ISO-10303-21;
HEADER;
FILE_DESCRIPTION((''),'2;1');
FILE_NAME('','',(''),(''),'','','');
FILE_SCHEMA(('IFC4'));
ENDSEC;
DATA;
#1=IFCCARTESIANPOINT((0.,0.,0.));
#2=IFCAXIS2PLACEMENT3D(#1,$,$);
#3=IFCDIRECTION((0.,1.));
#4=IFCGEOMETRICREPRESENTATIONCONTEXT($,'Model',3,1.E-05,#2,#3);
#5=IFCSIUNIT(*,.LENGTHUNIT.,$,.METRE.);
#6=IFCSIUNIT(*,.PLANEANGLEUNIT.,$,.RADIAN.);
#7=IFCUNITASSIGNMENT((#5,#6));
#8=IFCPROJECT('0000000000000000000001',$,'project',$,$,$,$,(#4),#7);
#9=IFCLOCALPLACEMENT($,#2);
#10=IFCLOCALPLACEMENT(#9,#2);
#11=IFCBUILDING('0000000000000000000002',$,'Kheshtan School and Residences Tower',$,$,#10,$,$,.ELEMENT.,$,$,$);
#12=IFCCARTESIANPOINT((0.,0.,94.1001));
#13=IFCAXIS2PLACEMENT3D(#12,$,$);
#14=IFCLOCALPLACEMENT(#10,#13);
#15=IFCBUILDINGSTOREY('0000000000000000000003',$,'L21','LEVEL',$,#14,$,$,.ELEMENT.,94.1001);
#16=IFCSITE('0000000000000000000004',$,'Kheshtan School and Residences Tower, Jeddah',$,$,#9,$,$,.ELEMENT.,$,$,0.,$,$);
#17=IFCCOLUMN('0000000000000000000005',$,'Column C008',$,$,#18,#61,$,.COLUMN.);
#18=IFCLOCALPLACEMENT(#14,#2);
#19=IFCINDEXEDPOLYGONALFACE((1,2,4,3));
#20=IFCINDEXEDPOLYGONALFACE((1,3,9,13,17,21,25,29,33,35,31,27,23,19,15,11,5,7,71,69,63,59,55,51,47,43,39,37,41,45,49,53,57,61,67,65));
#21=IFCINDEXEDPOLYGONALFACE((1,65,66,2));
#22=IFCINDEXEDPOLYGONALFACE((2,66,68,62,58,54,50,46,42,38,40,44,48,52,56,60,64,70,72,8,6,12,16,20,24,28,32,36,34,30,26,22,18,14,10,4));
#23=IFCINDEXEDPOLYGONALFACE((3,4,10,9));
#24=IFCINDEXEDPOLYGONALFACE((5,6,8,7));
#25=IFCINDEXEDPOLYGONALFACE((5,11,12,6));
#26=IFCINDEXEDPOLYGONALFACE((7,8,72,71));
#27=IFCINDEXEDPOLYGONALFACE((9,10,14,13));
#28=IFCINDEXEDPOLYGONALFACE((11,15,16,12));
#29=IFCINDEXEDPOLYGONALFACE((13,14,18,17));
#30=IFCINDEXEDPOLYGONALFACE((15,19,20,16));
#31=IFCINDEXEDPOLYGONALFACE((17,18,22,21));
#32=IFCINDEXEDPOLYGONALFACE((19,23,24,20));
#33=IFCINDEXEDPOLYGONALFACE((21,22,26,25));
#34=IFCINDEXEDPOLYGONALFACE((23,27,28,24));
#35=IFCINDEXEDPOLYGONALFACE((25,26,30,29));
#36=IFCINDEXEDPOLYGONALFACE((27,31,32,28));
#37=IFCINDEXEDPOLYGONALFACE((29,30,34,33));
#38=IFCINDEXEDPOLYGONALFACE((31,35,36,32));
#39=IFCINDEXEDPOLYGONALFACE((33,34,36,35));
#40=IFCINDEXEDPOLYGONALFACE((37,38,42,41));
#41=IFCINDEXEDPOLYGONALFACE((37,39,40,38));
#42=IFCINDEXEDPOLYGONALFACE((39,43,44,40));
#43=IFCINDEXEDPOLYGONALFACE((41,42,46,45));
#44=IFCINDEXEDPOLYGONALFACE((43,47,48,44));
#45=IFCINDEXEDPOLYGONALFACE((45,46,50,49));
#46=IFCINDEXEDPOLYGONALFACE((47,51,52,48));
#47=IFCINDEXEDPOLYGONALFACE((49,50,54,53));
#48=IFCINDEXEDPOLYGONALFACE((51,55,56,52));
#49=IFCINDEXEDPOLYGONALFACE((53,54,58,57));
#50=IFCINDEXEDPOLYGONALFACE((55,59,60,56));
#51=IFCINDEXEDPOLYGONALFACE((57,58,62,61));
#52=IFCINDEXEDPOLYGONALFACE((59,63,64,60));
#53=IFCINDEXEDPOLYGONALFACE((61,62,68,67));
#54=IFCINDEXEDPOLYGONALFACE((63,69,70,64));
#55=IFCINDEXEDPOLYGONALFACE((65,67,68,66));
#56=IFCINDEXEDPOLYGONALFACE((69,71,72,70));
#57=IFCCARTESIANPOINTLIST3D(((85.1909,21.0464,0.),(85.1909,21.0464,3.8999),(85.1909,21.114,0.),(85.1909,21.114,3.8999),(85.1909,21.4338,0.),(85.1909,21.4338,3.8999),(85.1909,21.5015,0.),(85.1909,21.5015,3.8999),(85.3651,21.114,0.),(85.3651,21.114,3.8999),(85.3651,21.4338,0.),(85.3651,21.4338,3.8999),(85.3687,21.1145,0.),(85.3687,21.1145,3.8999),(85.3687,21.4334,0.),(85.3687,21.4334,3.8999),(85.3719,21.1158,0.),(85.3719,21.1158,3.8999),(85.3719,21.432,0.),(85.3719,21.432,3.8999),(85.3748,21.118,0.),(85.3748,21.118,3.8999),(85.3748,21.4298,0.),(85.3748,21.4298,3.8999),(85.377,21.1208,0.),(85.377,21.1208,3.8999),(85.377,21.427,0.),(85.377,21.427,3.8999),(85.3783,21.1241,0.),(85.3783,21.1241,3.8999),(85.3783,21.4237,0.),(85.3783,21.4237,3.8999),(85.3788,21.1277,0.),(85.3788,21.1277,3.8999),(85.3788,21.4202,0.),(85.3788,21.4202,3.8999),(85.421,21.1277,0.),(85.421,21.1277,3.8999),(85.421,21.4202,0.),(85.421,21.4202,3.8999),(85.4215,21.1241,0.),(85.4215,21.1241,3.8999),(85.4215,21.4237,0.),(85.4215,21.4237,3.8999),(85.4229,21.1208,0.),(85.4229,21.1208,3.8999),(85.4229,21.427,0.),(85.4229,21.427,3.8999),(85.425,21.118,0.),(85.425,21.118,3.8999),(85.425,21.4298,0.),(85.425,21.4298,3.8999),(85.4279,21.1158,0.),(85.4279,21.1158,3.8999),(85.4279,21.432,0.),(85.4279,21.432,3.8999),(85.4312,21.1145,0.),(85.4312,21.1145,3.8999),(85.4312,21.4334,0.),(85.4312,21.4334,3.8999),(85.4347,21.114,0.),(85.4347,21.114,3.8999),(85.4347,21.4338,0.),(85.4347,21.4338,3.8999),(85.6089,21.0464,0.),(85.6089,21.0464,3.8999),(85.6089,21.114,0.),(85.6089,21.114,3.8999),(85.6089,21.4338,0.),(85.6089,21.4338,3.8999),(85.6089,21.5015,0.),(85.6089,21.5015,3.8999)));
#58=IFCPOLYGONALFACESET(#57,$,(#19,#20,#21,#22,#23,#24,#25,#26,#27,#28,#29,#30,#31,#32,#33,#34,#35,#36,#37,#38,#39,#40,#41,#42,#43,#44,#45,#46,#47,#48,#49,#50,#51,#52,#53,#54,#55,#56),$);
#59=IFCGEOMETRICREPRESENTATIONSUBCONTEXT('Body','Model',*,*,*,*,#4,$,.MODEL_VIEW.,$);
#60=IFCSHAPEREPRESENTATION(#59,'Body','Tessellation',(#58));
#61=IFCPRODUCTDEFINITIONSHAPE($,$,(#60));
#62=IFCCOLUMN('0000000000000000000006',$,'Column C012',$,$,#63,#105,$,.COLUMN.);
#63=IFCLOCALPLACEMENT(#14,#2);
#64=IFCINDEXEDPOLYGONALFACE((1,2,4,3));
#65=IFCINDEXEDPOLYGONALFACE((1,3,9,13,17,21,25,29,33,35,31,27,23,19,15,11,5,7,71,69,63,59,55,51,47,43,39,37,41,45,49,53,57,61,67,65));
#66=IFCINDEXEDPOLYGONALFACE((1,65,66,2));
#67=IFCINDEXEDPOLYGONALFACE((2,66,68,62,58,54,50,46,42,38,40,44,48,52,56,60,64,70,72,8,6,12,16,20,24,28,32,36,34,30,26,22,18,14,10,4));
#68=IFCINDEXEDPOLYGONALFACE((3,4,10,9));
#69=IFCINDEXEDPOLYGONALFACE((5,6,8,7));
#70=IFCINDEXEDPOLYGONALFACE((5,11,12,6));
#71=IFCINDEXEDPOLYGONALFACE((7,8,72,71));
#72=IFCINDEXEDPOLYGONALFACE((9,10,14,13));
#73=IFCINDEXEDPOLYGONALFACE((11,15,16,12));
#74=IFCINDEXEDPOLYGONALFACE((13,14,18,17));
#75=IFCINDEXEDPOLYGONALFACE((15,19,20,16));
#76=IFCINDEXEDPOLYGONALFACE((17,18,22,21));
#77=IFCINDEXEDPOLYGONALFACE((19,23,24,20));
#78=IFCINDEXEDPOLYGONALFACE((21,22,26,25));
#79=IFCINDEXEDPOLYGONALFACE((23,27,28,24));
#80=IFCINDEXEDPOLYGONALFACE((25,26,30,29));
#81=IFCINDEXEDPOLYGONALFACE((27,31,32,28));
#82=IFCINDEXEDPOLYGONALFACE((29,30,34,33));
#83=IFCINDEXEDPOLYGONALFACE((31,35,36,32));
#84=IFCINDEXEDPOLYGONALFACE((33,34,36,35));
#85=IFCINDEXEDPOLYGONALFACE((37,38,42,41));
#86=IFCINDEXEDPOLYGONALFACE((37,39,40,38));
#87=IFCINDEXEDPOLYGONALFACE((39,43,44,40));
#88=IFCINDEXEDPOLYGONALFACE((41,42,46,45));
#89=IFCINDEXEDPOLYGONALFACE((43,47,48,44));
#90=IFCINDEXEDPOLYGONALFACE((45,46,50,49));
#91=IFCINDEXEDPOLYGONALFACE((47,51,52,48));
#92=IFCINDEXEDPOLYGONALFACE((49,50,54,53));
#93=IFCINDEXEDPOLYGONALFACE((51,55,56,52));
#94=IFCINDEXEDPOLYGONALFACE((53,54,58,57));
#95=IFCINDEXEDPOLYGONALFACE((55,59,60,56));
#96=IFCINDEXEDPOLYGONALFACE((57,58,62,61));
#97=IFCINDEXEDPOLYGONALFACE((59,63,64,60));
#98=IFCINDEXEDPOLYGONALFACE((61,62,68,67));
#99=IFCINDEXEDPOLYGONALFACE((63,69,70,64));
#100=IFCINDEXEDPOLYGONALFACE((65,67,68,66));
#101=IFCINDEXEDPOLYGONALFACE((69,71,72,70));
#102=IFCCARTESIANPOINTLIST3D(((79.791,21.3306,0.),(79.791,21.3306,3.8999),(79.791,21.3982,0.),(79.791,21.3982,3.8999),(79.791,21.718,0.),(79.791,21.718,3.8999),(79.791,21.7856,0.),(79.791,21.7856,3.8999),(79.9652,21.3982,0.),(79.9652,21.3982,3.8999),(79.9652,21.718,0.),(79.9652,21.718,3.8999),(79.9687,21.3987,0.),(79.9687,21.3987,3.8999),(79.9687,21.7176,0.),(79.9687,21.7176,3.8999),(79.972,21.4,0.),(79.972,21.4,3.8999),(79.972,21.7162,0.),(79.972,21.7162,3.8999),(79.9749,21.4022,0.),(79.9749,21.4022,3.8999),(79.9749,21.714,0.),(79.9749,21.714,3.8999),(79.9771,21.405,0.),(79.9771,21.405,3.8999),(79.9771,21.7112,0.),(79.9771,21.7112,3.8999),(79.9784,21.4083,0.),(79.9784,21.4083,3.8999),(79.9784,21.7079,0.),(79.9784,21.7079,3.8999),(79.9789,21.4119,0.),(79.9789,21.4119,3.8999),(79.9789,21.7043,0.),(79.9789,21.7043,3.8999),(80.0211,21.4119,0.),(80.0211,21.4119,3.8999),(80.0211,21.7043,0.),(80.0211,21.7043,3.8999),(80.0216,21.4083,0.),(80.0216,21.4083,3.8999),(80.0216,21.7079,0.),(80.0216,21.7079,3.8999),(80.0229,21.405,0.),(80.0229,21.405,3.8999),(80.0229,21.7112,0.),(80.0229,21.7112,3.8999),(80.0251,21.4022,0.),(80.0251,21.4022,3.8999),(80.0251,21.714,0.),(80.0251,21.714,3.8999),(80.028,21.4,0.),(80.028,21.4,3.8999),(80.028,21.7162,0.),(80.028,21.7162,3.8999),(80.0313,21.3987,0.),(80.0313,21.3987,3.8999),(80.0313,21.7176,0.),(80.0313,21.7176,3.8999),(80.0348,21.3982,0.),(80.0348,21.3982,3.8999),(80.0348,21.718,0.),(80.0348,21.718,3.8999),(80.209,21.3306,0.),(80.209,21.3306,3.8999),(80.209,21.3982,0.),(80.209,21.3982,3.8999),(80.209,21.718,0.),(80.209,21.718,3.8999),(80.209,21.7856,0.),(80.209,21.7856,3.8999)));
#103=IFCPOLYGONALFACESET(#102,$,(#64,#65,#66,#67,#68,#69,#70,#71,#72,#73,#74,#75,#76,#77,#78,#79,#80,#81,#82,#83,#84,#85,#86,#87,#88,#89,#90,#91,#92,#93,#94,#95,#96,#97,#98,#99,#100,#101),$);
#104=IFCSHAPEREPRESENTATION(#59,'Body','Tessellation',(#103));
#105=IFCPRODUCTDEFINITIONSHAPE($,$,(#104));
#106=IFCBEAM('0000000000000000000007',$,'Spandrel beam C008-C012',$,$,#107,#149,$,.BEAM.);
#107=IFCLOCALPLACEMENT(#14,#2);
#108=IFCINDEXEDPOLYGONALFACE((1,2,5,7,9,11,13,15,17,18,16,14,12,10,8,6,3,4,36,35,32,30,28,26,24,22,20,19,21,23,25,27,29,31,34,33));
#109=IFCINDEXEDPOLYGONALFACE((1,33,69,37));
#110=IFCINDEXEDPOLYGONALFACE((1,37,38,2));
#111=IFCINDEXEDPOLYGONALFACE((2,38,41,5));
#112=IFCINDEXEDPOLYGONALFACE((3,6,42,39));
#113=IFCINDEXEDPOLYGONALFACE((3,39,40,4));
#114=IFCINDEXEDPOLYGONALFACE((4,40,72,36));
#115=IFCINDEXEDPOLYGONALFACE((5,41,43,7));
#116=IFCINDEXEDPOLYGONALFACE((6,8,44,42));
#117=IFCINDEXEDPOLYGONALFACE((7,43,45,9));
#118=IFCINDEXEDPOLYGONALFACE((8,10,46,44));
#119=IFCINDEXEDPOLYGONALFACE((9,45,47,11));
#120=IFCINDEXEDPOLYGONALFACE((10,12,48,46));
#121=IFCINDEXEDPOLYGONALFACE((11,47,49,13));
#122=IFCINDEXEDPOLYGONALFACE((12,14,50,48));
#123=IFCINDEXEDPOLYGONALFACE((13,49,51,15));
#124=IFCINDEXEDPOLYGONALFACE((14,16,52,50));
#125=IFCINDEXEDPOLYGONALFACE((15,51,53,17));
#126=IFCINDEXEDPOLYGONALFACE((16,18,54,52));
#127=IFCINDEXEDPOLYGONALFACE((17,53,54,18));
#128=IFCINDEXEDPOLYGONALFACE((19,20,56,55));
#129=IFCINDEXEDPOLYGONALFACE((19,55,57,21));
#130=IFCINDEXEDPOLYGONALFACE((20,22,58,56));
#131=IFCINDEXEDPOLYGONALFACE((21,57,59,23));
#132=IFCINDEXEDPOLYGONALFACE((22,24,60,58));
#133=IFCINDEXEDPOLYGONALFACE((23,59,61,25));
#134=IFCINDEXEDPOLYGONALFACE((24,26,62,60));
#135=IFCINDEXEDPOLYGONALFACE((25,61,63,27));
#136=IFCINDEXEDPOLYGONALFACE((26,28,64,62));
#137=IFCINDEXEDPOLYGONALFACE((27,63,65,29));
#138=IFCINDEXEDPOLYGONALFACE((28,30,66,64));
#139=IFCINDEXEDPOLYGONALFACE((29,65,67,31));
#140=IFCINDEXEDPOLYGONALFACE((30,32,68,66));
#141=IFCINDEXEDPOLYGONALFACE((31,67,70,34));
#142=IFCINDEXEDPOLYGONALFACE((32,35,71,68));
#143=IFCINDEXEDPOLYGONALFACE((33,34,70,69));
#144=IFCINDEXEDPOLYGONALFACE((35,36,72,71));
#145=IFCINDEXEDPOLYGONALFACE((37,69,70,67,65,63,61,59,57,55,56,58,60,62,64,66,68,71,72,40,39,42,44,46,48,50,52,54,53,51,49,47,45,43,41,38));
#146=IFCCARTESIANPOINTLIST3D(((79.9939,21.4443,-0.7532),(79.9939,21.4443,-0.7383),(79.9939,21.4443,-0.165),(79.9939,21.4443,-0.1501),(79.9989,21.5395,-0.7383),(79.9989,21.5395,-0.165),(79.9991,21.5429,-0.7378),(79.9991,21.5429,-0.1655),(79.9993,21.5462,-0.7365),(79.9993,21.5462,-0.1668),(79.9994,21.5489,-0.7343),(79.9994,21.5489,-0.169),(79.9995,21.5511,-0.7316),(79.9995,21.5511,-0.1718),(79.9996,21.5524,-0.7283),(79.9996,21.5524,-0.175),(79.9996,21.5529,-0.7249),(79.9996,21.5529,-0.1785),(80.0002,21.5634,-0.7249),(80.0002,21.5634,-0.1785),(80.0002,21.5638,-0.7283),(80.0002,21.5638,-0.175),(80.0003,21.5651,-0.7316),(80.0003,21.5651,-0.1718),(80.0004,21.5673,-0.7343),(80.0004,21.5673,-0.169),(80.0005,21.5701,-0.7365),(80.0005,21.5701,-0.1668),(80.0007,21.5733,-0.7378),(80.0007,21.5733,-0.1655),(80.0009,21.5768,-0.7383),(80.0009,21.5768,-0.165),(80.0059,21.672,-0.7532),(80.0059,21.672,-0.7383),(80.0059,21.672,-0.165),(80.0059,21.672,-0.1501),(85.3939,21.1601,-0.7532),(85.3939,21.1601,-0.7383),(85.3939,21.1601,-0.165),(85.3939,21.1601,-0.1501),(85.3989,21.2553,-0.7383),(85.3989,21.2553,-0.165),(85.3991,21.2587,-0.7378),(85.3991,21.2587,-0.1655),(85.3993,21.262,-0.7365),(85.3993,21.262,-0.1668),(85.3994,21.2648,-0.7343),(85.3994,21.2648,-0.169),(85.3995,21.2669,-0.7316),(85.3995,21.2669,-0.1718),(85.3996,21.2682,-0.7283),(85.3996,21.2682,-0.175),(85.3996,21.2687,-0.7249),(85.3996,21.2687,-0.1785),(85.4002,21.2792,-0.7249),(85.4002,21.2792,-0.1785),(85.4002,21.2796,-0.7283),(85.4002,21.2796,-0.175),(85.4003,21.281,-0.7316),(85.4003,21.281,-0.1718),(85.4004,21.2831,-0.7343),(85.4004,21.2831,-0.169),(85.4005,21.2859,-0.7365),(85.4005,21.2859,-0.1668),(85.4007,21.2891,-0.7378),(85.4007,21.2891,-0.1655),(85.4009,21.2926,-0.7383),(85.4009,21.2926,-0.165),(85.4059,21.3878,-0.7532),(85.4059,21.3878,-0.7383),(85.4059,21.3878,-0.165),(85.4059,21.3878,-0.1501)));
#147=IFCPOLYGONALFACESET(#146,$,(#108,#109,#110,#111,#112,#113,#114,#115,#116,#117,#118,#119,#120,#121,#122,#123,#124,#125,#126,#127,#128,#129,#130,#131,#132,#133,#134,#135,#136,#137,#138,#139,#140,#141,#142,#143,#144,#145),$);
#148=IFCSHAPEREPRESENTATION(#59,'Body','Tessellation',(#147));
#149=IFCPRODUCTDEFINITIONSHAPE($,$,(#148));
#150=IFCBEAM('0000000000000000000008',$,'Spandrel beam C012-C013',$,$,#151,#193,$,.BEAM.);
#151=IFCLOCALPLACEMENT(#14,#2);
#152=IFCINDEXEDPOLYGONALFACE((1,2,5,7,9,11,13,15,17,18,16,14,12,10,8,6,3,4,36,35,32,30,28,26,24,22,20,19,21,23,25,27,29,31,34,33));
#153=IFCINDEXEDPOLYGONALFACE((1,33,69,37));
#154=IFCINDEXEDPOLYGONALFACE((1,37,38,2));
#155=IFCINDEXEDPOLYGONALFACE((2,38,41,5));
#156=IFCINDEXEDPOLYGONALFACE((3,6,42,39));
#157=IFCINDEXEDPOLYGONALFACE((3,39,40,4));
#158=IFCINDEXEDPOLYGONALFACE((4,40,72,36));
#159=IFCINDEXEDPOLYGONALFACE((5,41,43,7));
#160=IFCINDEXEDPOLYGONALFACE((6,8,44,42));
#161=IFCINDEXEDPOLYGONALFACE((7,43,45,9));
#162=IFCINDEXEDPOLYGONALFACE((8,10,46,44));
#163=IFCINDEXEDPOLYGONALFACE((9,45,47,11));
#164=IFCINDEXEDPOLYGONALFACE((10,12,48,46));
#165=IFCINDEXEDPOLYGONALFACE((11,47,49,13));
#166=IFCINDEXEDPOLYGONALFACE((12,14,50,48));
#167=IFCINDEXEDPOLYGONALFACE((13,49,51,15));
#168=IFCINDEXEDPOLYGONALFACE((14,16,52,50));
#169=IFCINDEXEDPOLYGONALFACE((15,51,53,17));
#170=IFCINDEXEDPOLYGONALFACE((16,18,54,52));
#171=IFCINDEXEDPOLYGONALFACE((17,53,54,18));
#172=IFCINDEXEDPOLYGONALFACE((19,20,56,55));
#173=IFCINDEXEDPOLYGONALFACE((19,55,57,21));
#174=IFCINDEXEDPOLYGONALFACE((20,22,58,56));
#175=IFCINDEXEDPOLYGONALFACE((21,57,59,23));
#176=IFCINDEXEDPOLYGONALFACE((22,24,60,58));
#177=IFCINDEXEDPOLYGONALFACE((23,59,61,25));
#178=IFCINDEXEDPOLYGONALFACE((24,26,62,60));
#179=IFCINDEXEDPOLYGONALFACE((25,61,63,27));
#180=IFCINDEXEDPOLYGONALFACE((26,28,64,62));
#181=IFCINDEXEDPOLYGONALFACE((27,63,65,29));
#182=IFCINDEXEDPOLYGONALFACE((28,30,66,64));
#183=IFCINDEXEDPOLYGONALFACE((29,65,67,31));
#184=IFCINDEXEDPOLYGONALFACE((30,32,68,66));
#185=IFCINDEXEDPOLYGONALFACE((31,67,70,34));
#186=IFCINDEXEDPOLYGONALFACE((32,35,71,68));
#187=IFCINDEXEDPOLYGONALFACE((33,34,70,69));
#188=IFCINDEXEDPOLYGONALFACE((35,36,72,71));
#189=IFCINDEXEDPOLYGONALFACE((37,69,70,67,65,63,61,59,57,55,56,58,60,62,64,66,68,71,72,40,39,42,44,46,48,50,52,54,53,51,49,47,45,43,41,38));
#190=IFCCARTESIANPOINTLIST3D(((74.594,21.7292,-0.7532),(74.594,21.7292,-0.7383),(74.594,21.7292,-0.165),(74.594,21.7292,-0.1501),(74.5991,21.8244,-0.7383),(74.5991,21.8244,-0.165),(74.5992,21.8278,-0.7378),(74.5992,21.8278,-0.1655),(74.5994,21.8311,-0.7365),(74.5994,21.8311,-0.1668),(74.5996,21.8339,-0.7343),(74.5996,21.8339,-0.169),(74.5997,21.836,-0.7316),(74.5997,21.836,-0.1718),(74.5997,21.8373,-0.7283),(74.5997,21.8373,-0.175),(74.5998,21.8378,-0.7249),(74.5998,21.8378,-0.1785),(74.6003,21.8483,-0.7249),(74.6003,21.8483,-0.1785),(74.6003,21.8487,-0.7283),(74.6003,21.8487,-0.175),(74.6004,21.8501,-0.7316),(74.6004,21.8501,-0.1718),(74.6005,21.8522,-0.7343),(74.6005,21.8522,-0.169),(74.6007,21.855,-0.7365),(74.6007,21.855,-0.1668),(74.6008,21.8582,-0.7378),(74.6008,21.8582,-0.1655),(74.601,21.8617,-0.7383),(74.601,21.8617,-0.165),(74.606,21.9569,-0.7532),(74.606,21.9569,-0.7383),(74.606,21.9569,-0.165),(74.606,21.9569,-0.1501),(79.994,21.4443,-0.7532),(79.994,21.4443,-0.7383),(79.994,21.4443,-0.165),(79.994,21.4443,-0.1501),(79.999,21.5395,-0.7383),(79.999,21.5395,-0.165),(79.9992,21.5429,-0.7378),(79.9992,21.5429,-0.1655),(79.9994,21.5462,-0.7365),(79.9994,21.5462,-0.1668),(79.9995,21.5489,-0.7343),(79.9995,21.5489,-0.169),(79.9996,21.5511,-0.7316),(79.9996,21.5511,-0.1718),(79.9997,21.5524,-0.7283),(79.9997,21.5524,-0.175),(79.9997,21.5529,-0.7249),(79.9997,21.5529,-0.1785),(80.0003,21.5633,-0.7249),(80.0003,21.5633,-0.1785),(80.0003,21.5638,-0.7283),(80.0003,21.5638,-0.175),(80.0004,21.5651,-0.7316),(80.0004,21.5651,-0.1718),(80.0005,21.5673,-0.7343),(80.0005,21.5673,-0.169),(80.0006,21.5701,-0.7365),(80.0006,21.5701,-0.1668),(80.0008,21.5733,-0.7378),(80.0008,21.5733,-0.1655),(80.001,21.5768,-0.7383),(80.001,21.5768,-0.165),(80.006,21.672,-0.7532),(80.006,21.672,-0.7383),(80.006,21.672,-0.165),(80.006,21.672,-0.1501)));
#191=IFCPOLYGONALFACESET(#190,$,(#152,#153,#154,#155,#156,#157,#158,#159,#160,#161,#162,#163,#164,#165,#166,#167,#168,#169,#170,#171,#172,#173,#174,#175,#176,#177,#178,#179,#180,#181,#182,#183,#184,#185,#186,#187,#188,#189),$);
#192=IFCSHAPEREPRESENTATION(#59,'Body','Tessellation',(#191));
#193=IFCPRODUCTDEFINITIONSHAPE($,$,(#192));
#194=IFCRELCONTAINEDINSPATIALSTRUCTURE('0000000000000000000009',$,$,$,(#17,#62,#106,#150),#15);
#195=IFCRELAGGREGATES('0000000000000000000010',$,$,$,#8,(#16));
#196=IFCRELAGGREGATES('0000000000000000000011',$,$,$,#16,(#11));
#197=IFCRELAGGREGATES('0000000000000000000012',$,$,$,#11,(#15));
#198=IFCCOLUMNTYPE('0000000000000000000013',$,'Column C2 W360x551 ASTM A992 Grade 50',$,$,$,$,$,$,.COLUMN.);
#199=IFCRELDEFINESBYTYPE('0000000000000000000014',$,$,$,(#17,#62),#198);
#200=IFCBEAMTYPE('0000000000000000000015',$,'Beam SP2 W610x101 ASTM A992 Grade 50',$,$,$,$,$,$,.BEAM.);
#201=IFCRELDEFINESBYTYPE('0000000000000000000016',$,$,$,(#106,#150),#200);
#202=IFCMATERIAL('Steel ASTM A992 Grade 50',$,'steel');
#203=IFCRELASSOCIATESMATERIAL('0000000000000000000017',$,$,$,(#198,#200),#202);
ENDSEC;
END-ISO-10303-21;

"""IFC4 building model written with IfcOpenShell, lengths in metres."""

from ifc_helpers import new_model, si_unit, direction, frame, origin, origin_2d, place, context, subcontext, project, spatial, i_section, extrude, material, material_profile, profile_set, type_object, element, save


model = new_model("IFC4")

# Units and contexts
model_context = context("Model", 3, precision=1e-05, world=origin(), true_north=direction((0.0, 1.0)))
body_context = subcontext(model_context, "Body", "Model", "MODEL_VIEW")
ifc_project = project(units=[si_unit("LENGTHUNIT", "METRE"), si_unit("PLANEANGLEUNIT", "RADIAN")], contexts=[model_context])

# Site, building, storey
site_placement = place(None, origin())
site = spatial("IfcSite", under=ifc_project, at=site_placement, Name="Kheshtan School and Residences Tower, Jeddah", CompositionType="ELEMENT", RefElevation=0.0)
building_placement = place(site_placement, origin())
building = spatial("IfcBuilding", under=site, at=building_placement, Name="Kheshtan School and Residences Tower", CompositionType="ELEMENT")
storey_placement = place(building_placement, frame((0.0, 0.0, 94.1001)))
storey = spatial("IfcBuildingStorey", under=building, at=storey_placement, Name="L21", Description="LEVEL", CompositionType="ELEMENT", Elevation=94.1001)

# Columns
ifc_material_1 = material(Name="Steel ASTM A992 Grade 50", Category="steel")
ifc_material_profile_1 = material_profile(ifc_material_1, i_section(OverallWidth=0.418, OverallDepth=0.4551, WebThickness=0.0422, FlangeThickness=0.0676, FilletRadius=0.0137, at=origin_2d()), Name="W360x551")
ifc_profile_set_1 = profile_set([ifc_material_profile_1], Name="Steel ASTM A992 Grade 50")
column_type = type_object("IfcColumnType", Name="Column C2 W360x551 ASTM A992 Grade 50", PredefinedType="COLUMN", material=ifc_profile_set_1)
for number, where, z_axis, x_axis, name in (
    (1, (85.3999, 21.2739, 0.0), (0.0, 0.0, 1.0), (1.0, 0.0, 0.0), "Column C008"),
    (2, (80.0, 21.5581, 0.0), (0.0, 0.0, 1.0), (1.0, 0.0, 0.0), "Column C012"),
):
    element("IfcColumn", number, at=place(storey_placement, frame(where, z_axis=z_axis, x_axis=x_axis)), inside=storey, type_object=column_type, Name=name, PredefinedType="COLUMN", context=body_context, shape_type="SweptSolid", body=[
        extrude(i_section(OverallWidth=0.418, OverallDepth=0.4551, WebThickness=0.0422, FlangeThickness=0.0676, FilletRadius=0.0137, at=origin_2d()), origin(), (0.0, 0.0, 1.0), 3.8999),
    ])

# Beams
ifc_material_profile_2 = material_profile(ifc_material_1, i_section(OverallWidth=0.228, OverallDepth=0.603, WebThickness=0.0105, FlangeThickness=0.0149, FilletRadius=0.0134, at=origin_2d()), Name="W610x101")
ifc_profile_set_2 = profile_set([ifc_material_profile_2], Name="Steel ASTM A992 Grade 50")
beam_type = type_object("IfcBeamType", Name="Beam SP2 W610x101 ASTM A992 Grade 50", PredefinedType="BEAM", material=ifc_profile_set_2)
for number, where, z_axis, x_axis, name in (
    (3, (85.3999, 21.2739, -0.4517), (-0.998618, 0.052554, 0.0), (-0.052554, -0.998618, 0.0), "Spandrel beam C008-C012"),
    (4, (80.0, 21.5581, -0.4517), (-0.998611, 0.052689, 0.0), (-0.052689, -0.998611, 0.0), "Spandrel beam C012-C013"),
):
    element("IfcBeam", number, at=place(storey_placement, frame(where, z_axis=z_axis, x_axis=x_axis)), inside=storey, type_object=beam_type, Name=name, PredefinedType="BEAM", context=body_context, shape_type="SweptSolid", body=[
        extrude(i_section(OverallWidth=0.228, OverallDepth=0.603, WebThickness=0.0105, FlangeThickness=0.0149, FilletRadius=0.0134, at=origin_2d()), origin(), (0.0, 0.0, 1.0), 5.4075),
    ])

save(model, "model.ifc")
